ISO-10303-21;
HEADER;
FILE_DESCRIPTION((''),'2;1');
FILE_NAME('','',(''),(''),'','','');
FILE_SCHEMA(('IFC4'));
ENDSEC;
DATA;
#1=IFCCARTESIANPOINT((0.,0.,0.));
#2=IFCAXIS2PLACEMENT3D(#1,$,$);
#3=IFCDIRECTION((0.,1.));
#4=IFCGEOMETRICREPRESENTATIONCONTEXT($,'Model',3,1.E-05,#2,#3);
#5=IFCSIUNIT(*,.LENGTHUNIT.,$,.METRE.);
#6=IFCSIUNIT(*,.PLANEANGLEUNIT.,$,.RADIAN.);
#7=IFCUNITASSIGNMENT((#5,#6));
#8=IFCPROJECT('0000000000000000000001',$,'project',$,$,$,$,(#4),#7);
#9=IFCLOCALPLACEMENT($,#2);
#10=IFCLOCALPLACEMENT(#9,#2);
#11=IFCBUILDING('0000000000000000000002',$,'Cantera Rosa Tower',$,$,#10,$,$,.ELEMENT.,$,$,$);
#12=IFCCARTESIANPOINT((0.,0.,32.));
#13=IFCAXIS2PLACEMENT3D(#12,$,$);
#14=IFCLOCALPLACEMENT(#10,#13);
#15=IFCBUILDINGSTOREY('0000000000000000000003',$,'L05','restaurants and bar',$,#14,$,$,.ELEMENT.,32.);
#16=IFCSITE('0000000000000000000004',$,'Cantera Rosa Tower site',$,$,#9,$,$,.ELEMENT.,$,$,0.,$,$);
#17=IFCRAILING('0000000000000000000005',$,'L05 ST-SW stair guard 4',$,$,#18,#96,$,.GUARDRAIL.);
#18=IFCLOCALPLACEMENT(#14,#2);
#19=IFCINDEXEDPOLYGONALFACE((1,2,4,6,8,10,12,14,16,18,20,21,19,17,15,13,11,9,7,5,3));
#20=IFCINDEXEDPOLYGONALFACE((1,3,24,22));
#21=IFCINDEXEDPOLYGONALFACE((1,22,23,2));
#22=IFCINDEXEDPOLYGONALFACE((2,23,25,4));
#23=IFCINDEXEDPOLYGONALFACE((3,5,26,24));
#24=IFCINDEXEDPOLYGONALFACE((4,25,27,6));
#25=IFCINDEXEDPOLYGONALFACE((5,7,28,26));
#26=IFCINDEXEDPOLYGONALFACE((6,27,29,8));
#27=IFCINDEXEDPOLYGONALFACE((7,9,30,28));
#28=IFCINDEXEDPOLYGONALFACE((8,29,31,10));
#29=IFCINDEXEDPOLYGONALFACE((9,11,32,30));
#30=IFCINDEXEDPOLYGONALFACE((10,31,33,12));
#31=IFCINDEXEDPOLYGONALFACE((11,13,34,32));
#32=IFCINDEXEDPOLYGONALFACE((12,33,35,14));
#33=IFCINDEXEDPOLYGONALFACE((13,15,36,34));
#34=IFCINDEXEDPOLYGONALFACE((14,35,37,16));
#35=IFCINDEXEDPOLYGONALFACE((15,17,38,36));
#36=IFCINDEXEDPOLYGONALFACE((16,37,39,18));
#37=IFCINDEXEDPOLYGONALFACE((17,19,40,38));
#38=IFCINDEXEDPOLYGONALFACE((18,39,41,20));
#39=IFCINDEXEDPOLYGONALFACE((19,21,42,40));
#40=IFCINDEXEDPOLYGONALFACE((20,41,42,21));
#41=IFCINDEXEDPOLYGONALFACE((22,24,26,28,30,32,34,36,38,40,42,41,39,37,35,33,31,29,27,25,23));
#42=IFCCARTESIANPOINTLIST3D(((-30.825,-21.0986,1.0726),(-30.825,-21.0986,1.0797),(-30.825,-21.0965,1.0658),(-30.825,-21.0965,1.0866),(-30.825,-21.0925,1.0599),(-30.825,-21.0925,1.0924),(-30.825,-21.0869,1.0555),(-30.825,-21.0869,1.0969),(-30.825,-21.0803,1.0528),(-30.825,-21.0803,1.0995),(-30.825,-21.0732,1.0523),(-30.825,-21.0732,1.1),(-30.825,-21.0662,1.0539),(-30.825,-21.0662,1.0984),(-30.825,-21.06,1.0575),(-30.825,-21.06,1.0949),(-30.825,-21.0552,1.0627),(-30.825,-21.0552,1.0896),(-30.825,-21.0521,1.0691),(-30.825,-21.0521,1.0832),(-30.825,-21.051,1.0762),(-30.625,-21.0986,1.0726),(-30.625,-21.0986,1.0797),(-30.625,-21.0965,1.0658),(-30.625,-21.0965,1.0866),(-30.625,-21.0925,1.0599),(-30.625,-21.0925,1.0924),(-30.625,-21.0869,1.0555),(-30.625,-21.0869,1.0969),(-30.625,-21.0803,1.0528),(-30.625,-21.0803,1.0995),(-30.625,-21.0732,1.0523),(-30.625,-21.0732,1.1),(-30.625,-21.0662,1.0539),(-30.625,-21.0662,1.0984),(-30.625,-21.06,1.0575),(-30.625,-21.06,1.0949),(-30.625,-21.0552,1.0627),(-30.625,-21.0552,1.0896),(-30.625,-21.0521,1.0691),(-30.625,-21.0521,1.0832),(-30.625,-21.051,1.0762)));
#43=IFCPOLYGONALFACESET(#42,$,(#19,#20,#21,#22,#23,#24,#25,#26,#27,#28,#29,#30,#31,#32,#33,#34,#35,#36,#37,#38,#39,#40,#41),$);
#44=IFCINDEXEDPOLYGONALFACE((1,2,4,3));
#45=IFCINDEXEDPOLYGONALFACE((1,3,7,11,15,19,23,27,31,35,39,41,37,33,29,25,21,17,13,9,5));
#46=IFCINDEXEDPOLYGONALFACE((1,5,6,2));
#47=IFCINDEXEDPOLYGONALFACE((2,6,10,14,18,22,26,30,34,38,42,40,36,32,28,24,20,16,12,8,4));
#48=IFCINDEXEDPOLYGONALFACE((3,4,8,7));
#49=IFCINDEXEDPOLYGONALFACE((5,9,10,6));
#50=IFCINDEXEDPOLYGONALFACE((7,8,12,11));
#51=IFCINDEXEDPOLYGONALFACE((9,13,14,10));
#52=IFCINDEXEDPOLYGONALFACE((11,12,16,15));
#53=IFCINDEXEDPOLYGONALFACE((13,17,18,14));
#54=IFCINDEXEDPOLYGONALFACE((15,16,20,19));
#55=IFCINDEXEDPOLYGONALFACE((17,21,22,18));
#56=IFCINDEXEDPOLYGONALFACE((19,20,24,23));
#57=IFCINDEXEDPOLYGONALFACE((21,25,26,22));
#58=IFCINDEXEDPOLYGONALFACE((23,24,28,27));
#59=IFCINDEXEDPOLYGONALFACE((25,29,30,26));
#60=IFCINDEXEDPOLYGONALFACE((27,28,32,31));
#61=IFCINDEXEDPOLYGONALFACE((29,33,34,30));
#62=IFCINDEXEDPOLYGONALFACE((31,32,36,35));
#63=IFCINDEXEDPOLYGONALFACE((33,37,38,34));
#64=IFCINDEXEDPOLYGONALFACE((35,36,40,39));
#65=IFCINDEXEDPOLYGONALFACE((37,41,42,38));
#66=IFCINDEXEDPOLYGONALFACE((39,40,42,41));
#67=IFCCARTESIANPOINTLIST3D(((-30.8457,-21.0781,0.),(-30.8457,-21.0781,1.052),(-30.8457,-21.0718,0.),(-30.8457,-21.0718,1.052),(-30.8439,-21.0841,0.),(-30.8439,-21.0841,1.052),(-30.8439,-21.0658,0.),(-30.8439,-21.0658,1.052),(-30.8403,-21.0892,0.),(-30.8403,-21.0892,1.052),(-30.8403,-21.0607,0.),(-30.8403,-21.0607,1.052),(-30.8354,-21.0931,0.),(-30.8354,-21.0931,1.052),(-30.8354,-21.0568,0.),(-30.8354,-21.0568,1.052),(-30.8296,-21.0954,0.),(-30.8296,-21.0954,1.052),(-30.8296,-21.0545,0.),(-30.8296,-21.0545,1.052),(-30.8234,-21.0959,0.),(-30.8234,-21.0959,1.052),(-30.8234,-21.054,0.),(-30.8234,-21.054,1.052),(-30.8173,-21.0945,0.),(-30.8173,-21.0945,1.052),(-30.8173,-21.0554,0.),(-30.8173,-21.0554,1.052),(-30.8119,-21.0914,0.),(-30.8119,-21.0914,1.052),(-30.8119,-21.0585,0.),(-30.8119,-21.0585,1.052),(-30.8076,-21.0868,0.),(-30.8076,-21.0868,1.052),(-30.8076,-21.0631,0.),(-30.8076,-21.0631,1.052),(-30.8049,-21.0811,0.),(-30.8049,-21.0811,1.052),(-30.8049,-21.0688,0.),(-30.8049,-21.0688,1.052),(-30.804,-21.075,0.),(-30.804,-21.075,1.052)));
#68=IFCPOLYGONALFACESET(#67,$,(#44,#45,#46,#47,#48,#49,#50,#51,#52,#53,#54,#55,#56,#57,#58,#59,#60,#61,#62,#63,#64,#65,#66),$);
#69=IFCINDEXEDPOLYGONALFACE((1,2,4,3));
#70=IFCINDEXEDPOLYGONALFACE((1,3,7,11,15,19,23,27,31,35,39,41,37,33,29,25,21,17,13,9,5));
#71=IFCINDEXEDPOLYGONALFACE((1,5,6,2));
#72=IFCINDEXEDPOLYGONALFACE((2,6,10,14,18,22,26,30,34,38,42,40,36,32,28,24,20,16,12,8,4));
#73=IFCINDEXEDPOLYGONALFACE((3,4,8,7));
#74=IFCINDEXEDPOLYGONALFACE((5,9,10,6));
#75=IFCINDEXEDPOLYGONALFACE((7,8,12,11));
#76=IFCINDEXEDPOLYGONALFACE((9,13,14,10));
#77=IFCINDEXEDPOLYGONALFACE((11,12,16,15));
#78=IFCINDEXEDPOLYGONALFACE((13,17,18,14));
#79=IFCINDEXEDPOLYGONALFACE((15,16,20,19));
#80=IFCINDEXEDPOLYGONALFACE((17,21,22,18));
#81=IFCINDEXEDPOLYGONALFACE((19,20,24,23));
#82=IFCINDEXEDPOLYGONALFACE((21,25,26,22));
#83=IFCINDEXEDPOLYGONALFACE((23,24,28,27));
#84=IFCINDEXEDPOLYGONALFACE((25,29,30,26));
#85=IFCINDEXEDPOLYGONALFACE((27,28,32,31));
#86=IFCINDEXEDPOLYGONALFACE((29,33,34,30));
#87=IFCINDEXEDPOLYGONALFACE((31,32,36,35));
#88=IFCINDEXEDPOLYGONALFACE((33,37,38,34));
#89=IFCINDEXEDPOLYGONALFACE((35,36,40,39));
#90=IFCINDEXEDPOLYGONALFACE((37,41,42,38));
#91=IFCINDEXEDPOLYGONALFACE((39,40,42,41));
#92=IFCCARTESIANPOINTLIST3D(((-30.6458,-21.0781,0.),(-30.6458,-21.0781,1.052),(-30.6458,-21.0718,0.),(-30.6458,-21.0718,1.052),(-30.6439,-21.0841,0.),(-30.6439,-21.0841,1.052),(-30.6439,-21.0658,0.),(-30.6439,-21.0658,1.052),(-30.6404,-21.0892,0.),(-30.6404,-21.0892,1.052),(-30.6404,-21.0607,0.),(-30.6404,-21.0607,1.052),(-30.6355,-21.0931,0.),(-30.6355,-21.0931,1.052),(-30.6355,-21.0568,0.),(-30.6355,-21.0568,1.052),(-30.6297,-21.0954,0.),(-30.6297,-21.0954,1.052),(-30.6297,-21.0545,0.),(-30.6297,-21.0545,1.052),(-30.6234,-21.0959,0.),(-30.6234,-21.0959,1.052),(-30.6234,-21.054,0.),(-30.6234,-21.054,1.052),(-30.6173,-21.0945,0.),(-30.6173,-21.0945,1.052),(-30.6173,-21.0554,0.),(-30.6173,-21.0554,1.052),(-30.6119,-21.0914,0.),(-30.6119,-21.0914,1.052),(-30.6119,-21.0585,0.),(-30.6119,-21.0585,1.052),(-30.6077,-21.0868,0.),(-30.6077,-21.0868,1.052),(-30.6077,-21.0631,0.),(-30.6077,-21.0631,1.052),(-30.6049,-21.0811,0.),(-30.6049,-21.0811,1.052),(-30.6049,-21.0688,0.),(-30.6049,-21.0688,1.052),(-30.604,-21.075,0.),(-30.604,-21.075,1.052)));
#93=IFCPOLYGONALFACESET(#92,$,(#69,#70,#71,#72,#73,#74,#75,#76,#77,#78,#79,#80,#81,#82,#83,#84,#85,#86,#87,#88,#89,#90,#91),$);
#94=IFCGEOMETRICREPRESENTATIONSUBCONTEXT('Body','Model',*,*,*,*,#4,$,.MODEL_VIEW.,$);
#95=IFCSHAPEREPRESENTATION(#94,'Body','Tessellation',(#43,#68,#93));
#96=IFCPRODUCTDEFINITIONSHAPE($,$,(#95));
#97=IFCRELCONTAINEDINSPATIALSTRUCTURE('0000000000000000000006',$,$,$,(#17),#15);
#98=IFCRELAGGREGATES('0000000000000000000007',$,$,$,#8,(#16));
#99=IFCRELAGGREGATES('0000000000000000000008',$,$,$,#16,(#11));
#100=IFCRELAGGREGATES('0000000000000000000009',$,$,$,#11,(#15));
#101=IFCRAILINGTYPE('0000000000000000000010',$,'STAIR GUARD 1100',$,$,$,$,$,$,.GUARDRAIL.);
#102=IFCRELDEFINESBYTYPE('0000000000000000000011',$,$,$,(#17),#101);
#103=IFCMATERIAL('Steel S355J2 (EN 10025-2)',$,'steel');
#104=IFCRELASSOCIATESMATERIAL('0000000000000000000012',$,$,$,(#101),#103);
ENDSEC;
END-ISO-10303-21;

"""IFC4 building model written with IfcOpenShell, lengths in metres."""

from ifc_helpers import new_model, si_unit, direction, frame, origin, origin_2d, place, context, subcontext, project, spatial, circle, extrude, material, type_object, element, save


model = new_model("IFC4")

# Units and contexts
model_context = context("Model", 3, precision=1e-05, world=origin(), true_north=direction((0.0, 1.0)))
body_context = subcontext(model_context, "Body", "Model", "MODEL_VIEW")
ifc_project = project(units=[si_unit("LENGTHUNIT", "METRE"), si_unit("PLANEANGLEUNIT", "RADIAN")], contexts=[model_context])

# Site, building, storey
site_placement = place(None, origin())
site = spatial("IfcSite", under=ifc_project, at=site_placement, Name="Cantera Rosa Tower site", CompositionType="ELEMENT", RefElevation=0.0)
building_placement = place(site_placement, origin())
building = spatial("IfcBuilding", under=site, at=building_placement, Name="Cantera Rosa Tower", CompositionType="ELEMENT")
storey_placement = place(building_placement, frame((0.0, 0.0, 32.0)))
storey = spatial("IfcBuildingStorey", under=building, at=storey_placement, Name="L05", Description="restaurants and bar", CompositionType="ELEMENT", Elevation=32.0)

# Railing
ifc_material_1 = material(Name="Steel S355J2 (EN 10025-2)", Category="steel")
railing_type_1 = type_object("IfcRailingType", Name="STAIR GUARD 1100", PredefinedType="GUARDRAIL", material=ifc_material_1)
railing_1_placement = place(storey_placement, frame((-30.825, -21.075, 0.0)))
element("IfcRailing", 1, at=railing_1_placement, inside=storey, type_object=railing_type_1, Name="L05 ST-SW stair guard 4", PredefinedType="GUARDRAIL", context=body_context, shape_type="SweptSolid", body=[
    extrude(circle(Radius=0.0239, at=origin_2d()), frame((0.0, 0.0, 1.0762), z_axis=(1.0, 0.0, 0.0), x_axis=(0.0, 1.0, 0.0)), (0.0, 0.0, 1.0), 0.2),
    extrude(circle(Radius=0.021, at=origin_2d()), origin(), (0.0, 0.0, 1.0), 1.052),
    extrude(circle(Radius=0.021, at=origin_2d()), frame((0.2, 0.0, 0.0)), (0.0, 0.0, 1.0), 1.052),
])

save(model, "model.ifc")
